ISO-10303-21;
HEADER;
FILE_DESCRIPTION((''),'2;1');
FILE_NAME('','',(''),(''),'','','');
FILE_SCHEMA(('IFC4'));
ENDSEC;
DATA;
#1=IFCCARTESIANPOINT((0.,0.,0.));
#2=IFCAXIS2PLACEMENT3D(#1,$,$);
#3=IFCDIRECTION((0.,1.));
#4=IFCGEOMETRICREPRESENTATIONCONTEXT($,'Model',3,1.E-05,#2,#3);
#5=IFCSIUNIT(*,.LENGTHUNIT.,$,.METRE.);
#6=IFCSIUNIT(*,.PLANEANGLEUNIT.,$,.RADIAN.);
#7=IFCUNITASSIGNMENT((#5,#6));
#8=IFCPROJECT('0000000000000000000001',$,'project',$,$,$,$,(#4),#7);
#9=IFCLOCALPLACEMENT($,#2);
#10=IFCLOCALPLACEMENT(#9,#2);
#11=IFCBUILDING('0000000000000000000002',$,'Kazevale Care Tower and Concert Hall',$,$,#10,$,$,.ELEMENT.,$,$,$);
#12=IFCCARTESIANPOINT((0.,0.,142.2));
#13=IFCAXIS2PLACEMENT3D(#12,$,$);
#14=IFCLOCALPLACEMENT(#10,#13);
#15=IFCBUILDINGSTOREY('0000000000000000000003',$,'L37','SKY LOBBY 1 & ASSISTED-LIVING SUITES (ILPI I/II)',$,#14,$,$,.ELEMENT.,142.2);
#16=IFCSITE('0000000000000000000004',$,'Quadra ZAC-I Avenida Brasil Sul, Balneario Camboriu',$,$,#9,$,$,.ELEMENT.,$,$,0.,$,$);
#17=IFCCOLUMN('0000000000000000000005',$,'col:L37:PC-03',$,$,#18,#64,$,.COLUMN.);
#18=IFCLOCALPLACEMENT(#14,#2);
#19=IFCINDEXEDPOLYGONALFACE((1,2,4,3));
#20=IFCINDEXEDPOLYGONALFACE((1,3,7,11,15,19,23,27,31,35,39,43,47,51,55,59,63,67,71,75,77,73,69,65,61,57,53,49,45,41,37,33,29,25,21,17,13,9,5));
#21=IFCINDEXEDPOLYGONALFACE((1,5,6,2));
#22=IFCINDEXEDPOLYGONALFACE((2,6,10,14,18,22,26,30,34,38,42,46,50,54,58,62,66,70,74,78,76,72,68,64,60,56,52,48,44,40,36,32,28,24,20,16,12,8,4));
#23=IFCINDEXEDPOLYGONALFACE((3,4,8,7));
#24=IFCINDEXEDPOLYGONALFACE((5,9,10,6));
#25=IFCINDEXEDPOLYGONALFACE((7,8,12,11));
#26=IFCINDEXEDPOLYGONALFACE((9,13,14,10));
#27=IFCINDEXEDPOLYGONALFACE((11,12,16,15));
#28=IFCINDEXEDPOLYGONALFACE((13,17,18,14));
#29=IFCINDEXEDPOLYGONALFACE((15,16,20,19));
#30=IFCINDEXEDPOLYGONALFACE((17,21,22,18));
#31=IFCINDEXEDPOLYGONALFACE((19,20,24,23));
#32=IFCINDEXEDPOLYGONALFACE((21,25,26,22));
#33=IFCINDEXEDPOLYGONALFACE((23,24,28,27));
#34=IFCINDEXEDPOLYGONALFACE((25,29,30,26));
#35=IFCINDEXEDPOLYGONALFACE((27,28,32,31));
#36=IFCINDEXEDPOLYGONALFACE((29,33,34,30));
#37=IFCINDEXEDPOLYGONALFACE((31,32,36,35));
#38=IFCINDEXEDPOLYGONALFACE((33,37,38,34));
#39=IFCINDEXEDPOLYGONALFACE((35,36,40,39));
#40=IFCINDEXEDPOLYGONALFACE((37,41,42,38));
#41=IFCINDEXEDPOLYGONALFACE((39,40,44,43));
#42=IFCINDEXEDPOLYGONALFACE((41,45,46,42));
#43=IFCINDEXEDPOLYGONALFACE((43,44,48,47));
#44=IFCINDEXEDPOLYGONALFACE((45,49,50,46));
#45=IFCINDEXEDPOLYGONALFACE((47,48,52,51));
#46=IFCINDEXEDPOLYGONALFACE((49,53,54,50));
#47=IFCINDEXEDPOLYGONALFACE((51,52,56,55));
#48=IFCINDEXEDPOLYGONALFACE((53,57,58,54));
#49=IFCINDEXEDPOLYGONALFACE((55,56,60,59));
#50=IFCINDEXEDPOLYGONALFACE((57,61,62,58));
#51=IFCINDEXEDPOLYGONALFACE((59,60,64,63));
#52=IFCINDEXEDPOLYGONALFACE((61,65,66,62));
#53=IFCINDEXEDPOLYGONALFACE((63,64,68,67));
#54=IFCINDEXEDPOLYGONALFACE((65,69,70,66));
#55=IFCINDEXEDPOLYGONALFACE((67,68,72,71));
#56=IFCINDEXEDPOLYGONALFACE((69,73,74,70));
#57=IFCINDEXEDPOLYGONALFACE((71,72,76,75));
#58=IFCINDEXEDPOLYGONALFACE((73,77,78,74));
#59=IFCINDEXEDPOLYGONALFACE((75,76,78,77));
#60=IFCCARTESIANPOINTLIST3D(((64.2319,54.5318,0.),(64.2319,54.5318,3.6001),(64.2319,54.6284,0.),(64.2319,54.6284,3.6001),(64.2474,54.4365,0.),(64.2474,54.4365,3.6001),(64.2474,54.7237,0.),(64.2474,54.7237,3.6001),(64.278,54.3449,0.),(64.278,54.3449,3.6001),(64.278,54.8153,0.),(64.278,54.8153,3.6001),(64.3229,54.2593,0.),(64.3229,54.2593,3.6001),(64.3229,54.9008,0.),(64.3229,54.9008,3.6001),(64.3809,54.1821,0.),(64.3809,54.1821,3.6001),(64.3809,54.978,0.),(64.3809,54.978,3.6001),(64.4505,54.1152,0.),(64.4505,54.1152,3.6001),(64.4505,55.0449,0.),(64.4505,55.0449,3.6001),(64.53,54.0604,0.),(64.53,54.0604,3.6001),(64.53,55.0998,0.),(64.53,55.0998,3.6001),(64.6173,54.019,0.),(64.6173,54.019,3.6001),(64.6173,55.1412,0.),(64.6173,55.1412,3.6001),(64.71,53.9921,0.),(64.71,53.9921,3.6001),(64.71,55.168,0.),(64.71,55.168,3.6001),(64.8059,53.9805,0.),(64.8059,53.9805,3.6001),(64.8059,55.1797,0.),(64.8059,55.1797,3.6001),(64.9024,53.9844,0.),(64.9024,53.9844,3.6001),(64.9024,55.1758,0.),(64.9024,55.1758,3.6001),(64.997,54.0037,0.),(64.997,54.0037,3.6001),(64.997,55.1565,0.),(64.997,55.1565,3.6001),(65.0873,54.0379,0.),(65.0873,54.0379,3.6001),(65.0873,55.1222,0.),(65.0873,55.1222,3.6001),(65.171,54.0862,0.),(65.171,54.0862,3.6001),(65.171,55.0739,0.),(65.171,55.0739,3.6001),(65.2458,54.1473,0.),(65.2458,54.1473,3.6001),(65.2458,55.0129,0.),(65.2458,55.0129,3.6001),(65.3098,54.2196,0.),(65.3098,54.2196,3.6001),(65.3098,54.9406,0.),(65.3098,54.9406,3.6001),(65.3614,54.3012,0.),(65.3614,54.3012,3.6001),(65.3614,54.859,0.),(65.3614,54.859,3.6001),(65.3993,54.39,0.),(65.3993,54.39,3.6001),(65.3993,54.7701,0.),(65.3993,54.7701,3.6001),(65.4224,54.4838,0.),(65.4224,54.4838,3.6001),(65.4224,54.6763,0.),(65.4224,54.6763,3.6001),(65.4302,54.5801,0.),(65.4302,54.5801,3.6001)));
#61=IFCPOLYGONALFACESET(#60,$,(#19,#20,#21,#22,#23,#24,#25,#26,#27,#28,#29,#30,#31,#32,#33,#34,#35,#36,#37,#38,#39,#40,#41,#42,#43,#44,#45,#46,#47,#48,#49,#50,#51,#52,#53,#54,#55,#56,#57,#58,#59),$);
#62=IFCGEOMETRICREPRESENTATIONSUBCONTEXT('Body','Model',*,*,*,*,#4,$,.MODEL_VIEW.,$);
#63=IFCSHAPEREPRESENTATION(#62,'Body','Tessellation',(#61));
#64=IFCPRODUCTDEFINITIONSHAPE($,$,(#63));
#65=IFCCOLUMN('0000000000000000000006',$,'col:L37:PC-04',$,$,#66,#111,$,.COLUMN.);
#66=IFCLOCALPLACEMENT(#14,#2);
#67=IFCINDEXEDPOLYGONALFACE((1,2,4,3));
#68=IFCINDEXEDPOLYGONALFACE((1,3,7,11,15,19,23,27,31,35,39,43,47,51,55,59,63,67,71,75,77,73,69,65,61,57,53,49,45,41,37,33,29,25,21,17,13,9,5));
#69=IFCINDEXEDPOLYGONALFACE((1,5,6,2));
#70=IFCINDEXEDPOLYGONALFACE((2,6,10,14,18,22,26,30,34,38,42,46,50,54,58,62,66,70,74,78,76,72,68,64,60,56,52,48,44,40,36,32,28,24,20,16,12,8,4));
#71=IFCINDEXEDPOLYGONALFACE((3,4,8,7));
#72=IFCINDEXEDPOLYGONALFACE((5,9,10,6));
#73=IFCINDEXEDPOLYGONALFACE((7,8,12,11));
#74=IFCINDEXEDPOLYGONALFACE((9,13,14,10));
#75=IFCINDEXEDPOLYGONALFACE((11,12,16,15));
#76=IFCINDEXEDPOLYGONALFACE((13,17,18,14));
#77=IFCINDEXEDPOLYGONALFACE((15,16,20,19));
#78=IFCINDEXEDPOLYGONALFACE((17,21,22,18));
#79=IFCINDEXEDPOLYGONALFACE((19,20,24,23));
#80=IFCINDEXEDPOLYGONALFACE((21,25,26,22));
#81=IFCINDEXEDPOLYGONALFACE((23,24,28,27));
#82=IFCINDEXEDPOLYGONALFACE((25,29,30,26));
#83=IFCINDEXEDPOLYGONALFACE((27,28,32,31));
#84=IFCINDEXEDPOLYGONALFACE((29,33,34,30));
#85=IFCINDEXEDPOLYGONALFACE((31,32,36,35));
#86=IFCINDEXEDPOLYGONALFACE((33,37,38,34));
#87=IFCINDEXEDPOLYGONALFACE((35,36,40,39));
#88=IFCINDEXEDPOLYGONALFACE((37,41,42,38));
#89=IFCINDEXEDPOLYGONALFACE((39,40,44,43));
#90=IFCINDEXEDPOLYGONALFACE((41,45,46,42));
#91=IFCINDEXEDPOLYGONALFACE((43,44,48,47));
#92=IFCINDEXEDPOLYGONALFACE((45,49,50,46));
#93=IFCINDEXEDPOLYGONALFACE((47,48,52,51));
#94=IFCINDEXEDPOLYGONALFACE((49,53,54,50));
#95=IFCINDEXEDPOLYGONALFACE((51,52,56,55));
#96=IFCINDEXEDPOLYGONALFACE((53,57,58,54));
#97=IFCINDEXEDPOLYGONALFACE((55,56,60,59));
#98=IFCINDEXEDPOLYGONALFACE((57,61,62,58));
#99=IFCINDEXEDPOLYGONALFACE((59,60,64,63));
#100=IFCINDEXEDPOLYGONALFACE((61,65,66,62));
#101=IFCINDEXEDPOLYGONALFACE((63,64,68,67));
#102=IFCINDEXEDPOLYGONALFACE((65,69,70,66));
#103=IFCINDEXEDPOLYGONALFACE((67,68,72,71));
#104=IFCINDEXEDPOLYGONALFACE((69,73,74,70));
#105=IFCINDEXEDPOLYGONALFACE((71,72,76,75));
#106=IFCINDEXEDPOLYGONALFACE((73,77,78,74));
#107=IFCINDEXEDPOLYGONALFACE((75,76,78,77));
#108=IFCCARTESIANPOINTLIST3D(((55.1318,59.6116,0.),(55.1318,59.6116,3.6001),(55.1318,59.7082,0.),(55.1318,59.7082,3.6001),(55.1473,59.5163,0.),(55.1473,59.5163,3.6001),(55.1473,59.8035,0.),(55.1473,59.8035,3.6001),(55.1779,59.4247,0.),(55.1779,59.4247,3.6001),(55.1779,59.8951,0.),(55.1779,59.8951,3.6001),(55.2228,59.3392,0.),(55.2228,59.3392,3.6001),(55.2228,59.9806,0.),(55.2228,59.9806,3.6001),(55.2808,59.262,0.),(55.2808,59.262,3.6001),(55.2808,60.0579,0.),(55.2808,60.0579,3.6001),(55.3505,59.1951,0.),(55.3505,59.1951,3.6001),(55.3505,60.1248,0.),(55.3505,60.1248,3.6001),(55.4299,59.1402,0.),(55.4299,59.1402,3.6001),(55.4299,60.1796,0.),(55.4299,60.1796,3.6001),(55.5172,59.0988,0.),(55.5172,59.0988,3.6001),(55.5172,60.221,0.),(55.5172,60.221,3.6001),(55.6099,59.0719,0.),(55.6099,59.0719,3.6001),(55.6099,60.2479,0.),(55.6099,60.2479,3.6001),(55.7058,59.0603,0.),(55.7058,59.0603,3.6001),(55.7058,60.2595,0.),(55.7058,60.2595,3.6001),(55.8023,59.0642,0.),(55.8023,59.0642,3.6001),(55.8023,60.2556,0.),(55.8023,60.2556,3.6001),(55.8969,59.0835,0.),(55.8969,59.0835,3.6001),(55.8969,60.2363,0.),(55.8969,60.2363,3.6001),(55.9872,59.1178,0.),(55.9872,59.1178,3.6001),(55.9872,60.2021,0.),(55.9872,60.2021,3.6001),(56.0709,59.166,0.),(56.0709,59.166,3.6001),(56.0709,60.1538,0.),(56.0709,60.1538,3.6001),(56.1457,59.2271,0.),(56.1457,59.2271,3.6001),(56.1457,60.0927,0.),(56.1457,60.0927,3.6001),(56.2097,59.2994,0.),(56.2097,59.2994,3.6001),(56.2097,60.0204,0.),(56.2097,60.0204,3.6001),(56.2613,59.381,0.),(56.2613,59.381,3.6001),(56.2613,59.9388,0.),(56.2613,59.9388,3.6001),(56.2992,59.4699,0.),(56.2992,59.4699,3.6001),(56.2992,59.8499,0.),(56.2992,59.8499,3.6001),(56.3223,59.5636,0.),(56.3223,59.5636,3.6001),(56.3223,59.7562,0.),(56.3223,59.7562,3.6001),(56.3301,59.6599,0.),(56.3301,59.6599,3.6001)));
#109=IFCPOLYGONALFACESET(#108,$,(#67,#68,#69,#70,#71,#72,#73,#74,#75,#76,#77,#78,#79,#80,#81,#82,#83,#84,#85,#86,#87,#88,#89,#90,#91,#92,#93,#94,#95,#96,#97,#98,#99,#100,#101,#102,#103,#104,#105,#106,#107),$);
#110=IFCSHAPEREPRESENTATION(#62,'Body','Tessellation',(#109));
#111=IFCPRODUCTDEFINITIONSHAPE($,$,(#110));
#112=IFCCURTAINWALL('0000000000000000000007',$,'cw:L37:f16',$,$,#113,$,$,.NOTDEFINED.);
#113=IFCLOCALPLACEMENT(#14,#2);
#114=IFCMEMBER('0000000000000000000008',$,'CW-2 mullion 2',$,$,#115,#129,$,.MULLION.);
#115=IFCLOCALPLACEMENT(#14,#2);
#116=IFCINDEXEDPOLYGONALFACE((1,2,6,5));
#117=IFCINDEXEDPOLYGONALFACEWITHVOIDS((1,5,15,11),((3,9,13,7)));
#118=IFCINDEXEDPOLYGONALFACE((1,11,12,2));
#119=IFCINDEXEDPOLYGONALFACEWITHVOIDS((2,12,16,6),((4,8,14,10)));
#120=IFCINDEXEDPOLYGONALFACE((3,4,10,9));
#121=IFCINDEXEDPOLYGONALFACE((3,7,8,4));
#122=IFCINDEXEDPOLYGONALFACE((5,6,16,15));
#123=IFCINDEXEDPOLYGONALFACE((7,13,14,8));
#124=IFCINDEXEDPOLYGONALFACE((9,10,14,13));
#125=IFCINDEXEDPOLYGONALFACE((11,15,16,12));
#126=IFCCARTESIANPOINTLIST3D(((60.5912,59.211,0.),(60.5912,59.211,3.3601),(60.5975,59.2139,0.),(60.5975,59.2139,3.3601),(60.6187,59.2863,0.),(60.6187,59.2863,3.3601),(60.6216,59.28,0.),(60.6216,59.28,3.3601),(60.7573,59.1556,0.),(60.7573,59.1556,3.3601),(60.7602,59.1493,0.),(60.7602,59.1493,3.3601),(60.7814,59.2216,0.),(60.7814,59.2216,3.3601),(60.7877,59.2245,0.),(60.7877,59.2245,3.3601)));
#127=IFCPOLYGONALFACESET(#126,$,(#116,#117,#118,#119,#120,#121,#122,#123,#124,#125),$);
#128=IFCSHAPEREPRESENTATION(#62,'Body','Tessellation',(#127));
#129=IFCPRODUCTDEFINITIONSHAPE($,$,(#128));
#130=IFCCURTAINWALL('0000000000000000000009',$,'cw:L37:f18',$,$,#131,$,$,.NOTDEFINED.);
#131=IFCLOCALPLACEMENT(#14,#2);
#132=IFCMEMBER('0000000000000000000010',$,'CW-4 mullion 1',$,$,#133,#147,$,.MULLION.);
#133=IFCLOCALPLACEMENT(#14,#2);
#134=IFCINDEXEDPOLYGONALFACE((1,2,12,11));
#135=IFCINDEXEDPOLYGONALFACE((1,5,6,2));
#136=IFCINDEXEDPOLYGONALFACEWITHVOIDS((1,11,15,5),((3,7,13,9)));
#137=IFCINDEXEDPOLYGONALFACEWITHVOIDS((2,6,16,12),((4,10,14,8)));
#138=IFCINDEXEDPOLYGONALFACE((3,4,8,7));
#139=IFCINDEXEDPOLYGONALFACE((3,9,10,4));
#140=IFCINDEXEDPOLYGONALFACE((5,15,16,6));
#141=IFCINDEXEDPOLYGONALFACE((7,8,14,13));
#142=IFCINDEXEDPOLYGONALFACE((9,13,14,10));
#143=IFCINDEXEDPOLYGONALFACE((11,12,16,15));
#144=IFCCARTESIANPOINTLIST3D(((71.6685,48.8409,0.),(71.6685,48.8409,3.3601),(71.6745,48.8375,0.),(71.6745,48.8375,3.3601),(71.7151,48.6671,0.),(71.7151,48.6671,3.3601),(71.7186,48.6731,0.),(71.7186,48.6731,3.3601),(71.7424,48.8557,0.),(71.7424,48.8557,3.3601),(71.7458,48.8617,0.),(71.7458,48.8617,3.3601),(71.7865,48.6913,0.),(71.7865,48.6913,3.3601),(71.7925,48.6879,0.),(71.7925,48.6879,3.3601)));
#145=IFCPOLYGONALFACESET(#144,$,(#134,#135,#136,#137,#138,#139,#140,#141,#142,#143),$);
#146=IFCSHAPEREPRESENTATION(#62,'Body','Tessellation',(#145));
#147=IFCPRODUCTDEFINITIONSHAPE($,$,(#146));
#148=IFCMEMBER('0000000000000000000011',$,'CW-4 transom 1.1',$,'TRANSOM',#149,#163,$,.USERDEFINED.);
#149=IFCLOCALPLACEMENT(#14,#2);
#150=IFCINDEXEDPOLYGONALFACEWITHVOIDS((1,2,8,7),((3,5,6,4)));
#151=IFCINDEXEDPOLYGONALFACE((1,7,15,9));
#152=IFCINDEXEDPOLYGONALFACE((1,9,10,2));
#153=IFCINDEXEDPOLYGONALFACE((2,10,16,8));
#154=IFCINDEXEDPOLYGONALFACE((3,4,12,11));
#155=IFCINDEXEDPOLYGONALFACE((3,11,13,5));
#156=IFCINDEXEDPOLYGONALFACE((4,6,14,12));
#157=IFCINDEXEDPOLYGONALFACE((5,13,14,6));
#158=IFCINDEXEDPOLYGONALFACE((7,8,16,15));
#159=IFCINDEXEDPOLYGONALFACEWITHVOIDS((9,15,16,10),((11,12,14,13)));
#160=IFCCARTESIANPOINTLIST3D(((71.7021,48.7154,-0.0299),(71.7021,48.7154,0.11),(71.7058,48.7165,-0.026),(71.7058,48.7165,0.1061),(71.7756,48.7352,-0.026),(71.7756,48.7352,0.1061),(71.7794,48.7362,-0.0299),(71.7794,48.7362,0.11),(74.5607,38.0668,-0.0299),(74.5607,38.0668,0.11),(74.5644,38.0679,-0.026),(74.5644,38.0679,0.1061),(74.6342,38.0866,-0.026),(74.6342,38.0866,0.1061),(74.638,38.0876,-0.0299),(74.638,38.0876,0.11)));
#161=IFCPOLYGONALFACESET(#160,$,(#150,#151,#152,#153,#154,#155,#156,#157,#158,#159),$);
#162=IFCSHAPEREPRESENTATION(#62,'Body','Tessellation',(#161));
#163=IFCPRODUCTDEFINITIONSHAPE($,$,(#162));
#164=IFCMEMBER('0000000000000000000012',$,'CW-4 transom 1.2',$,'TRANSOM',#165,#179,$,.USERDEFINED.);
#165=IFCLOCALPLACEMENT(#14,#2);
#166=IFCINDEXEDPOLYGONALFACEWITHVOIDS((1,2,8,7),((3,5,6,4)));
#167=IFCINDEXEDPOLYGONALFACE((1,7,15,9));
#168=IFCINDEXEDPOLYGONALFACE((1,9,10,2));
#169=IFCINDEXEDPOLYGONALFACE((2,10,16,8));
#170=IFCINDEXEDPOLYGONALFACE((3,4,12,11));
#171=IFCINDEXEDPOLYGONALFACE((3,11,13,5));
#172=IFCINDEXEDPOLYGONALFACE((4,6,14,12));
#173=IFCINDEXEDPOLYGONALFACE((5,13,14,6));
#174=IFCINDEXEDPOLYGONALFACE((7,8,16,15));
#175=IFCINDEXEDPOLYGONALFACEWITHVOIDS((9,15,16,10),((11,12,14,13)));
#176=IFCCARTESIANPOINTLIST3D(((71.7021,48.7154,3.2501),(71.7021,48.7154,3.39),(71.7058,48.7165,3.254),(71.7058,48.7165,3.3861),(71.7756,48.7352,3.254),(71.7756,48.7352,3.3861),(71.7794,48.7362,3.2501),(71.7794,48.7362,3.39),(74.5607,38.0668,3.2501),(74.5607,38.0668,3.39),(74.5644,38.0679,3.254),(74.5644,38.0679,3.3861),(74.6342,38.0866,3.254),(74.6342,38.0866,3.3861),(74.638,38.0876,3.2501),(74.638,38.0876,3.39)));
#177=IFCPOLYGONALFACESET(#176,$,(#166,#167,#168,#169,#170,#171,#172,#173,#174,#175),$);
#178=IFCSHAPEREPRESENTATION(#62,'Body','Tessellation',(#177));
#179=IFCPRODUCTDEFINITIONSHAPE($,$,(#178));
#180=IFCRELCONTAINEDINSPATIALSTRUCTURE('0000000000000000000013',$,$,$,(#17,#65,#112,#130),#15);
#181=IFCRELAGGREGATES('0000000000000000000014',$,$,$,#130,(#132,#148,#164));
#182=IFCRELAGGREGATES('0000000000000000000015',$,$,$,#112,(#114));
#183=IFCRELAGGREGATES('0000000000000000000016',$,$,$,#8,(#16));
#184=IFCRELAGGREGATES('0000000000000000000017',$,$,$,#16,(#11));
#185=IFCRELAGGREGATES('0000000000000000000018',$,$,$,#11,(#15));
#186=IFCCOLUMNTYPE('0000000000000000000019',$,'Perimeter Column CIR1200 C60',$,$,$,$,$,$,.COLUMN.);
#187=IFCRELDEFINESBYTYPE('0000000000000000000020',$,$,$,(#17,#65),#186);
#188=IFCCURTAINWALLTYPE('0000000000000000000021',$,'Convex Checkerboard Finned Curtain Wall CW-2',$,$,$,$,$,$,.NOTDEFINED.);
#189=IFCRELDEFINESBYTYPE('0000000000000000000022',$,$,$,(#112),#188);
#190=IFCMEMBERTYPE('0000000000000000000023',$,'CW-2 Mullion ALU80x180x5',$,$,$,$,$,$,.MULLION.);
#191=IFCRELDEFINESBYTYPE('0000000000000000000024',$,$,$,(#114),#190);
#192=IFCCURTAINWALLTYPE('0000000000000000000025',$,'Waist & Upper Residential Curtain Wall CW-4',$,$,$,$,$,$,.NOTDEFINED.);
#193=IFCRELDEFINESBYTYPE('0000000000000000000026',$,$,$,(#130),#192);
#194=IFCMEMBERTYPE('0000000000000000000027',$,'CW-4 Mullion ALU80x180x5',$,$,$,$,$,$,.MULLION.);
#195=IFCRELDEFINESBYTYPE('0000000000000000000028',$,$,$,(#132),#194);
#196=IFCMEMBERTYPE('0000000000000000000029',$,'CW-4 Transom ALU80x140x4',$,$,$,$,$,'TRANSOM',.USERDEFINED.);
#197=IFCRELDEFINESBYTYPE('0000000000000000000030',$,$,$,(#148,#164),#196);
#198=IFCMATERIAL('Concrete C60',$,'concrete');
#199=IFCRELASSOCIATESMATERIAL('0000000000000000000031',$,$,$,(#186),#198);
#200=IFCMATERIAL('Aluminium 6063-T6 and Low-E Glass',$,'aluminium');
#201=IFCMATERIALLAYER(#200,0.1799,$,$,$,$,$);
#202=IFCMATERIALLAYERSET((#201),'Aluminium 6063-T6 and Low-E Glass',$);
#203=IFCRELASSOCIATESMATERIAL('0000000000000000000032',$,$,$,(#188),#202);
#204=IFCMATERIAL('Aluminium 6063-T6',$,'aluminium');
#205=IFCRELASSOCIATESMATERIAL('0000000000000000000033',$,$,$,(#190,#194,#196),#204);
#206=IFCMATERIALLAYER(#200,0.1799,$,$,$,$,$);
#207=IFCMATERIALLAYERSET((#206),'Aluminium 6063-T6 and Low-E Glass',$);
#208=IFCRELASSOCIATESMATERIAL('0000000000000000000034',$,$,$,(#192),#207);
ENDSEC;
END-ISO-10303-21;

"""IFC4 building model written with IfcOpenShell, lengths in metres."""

from ifc_helpers import new_model, si_unit, direction, frame, origin, origin_2d, place, context, subcontext, project, spatial, hollow_rectangle, circle, extrude, material, layer, layer_set, material_profile, profile_set, type_object, element, aggregate, save


model = new_model("IFC4")

# Units and contexts
model_context = context("Model", 3, precision=1e-05, world=origin(), true_north=direction((0.0, 1.0)))
body_context = subcontext(model_context, "Body", "Model", "MODEL_VIEW")
ifc_project = project(units=[si_unit("LENGTHUNIT", "METRE"), si_unit("PLANEANGLEUNIT", "RADIAN")], contexts=[model_context])

# Site, building, storey
site_placement = place(None, origin())
site = spatial("IfcSite", under=ifc_project, at=site_placement, Name="Quadra ZAC-I Avenida Brasil Sul, Balneario Camboriu", CompositionType="ELEMENT", RefElevation=0.0)
building_placement = place(site_placement, origin())
building = spatial("IfcBuilding", under=site, at=building_placement, Name="Kazevale Care Tower and Concert Hall", CompositionType="ELEMENT")
storey_placement = place(building_placement, frame((0.0, 0.0, 142.2)))
storey = spatial("IfcBuildingStorey", under=building, at=storey_placement, Name="L37", Description="SKY LOBBY 1 & ASSISTED-LIVING SUITES (ILPI I/II)", CompositionType="ELEMENT", Elevation=142.2)

# Columns
ifc_material_1 = material(Name="Concrete C60", Category="concrete")
ifc_material_profile_1 = material_profile(ifc_material_1, circle(Radius=0.6001, at=origin_2d()), Name="RC-CIR1200")
ifc_profile_set_1 = profile_set([ifc_material_profile_1], Name="Concrete C60")
column_type = type_object("IfcColumnType", Name="Perimeter Column CIR1200 C60", PredefinedType="COLUMN", material=ifc_profile_set_1)
for number, where, z_axis, x_axis, name in (
    (1, (64.8301, 54.5801, 0.0), (0.0, 0.0, 1.0), (1.0, 0.0, 0.0), "col:L37:PC-03"),
    (2, (55.73, 59.6599, 0.0), (0.0, 0.0, 1.0), (1.0, 0.0, 0.0), "col:L37:PC-04"),
):
    element("IfcColumn", number, at=place(storey_placement, frame(where, z_axis=z_axis, x_axis=x_axis)), inside=storey, type_object=column_type, Name=name, PredefinedType="COLUMN", context=body_context, shape_type="SweptSolid", body=[
        extrude(circle(Radius=0.6001, at=origin_2d()), origin(), (0.0, 0.0, 1.0), 3.6001),
    ])

# Curtain wall, member
ifc_material_2 = material(Name="Aluminium 6063-T6 and Low-E Glass", Category="aluminium")
ifc_layer_1 = layer(ifc_material_2, 0.1799)
ifc_layer_set_1 = layer_set([ifc_layer_1], Name="Aluminium 6063-T6 and Low-E Glass")
curtain_wall_type_1 = type_object("IfcCurtainWallType", Name="Convex Checkerboard Finned Curtain Wall CW-2", PredefinedType="NOTDEFINED", material=ifc_layer_set_1)
curtain_wall_1_placement = place(storey_placement, origin())
curtain_wall_1 = element("IfcCurtainWall", 3, at=curtain_wall_1_placement, inside=storey, type_object=curtain_wall_type_1, Name="cw:L37:f16", PredefinedType="NOTDEFINED")
ifc_material_3 = material(Name="Aluminium 6063-T6", Category="aluminium")
ifc_material_profile_2 = material_profile(ifc_material_3, hollow_rectangle(XDim=0.0801, YDim=0.1799, WallThickness=0.0049, at=origin_2d()), Name="ALU80x180x5")
ifc_profile_set_2 = profile_set([ifc_material_profile_2], Name="Aluminium 6063-T6")
member_type_1 = type_object("IfcMemberType", Name="CW-2 Mullion ALU80x180x5", PredefinedType="MULLION", material=ifc_profile_set_2)
member_1_placement = place(storey_placement, frame((60.6895, 59.2178, 0.0), z_axis=(0.0, 0.0, 1.0), x_axis=(0.343143, 0.939283, 0.0)))
member_1 = element("IfcMember", 4, at=member_1_placement, type_object=member_type_1, Name="CW-2 mullion 2", PredefinedType="MULLION", context=body_context, shape_type="SweptSolid", body=[
    extrude(hollow_rectangle(XDim=0.0801, YDim=0.1799, WallThickness=0.0049, at=origin_2d()), origin(), (0.0, 0.0, 1.0), 3.3601),
])

# Curtain wall, members
ifc_layer_2 = layer(ifc_material_2, 0.1799)
ifc_layer_set_2 = layer_set([ifc_layer_2], Name="Aluminium 6063-T6 and Low-E Glass")
curtain_wall_type_2 = type_object("IfcCurtainWallType", Name="Waist & Upper Residential Curtain Wall CW-4", PredefinedType="NOTDEFINED", material=ifc_layer_set_2)
curtain_wall_2_placement = place(storey_placement, origin())
curtain_wall_2 = element("IfcCurtainWall", 5, at=curtain_wall_2_placement, inside=storey, type_object=curtain_wall_type_2, Name="cw:L37:f18", PredefinedType="NOTDEFINED")
ifc_material_profile_3 = material_profile(ifc_material_3, hollow_rectangle(XDim=0.0801, YDim=0.1799, WallThickness=0.0049, at=origin_2d()), Name="ALU80x180x5")
ifc_profile_set_3 = profile_set([ifc_material_profile_3], Name="Aluminium 6063-T6")
member_type_2 = type_object("IfcMemberType", Name="CW-4 Mullion ALU80x180x5", PredefinedType="MULLION", material=ifc_profile_set_3)
member_2_placement = place(storey_placement, frame((71.7305, 48.7644, 0.0), z_axis=(0.0, 0.0, 1.0), x_axis=(0.965806, 0.259265, 0.0)))
member_2 = element("IfcMember", 6, at=member_2_placement, type_object=member_type_2, Name="CW-4 mullion 1", PredefinedType="MULLION", context=body_context, shape_type="SweptSolid", body=[
    extrude(hollow_rectangle(XDim=0.0801, YDim=0.1799, WallThickness=0.0049, at=origin_2d()), origin(), (0.0, 0.0, 1.0), 3.3601),
])
ifc_material_profile_4 = material_profile(ifc_material_3, hollow_rectangle(XDim=0.0801, YDim=0.1399, WallThickness=0.0039, at=origin_2d()), Name="ALU80x140x4")
ifc_profile_set_4 = profile_set([ifc_material_profile_4], Name="Aluminium 6063-T6")
member_type_3 = type_object("IfcMemberType", Name="CW-4 Transom ALU80x140x4", ElementType="TRANSOM", PredefinedType="USERDEFINED", material=ifc_profile_set_4)
member_3_placement = place(storey_placement, frame((71.7407, 48.7258, 0.04), z_axis=(0.259271, -0.965805, 0.0), x_axis=(0.965805, 0.259271, 0.0)))
member_3 = element("IfcMember", 7, at=member_3_placement, type_object=member_type_3, Name="CW-4 transom 1.1", ObjectType="TRANSOM", PredefinedType="USERDEFINED", context=body_context, shape_type="SweptSolid", body=[
    extrude(hollow_rectangle(XDim=0.0801, YDim=0.1399, WallThickness=0.0039, at=origin_2d()), origin(), (0.0, 0.0, 1.0), 11.0256),
])
member_4_placement = place(storey_placement, frame((71.7407, 48.7258, 3.3201), z_axis=(0.259271, -0.965805, 0.0), x_axis=(0.965805, 0.259271, 0.0)))
member_4 = element("IfcMember", 8, at=member_4_placement, type_object=member_type_3, Name="CW-4 transom 1.2", ObjectType="TRANSOM", PredefinedType="USERDEFINED", context=body_context, shape_type="SweptSolid", body=[
    extrude(hollow_rectangle(XDim=0.0801, YDim=0.1399, WallThickness=0.0039, at=origin_2d()), origin(), (0.0, 0.0, 1.0), 11.0256),
])
aggregate(curtain_wall_2, [member_2, member_3, member_4])

aggregate(curtain_wall_1, [member_1])

save(model, "model.ifc")
